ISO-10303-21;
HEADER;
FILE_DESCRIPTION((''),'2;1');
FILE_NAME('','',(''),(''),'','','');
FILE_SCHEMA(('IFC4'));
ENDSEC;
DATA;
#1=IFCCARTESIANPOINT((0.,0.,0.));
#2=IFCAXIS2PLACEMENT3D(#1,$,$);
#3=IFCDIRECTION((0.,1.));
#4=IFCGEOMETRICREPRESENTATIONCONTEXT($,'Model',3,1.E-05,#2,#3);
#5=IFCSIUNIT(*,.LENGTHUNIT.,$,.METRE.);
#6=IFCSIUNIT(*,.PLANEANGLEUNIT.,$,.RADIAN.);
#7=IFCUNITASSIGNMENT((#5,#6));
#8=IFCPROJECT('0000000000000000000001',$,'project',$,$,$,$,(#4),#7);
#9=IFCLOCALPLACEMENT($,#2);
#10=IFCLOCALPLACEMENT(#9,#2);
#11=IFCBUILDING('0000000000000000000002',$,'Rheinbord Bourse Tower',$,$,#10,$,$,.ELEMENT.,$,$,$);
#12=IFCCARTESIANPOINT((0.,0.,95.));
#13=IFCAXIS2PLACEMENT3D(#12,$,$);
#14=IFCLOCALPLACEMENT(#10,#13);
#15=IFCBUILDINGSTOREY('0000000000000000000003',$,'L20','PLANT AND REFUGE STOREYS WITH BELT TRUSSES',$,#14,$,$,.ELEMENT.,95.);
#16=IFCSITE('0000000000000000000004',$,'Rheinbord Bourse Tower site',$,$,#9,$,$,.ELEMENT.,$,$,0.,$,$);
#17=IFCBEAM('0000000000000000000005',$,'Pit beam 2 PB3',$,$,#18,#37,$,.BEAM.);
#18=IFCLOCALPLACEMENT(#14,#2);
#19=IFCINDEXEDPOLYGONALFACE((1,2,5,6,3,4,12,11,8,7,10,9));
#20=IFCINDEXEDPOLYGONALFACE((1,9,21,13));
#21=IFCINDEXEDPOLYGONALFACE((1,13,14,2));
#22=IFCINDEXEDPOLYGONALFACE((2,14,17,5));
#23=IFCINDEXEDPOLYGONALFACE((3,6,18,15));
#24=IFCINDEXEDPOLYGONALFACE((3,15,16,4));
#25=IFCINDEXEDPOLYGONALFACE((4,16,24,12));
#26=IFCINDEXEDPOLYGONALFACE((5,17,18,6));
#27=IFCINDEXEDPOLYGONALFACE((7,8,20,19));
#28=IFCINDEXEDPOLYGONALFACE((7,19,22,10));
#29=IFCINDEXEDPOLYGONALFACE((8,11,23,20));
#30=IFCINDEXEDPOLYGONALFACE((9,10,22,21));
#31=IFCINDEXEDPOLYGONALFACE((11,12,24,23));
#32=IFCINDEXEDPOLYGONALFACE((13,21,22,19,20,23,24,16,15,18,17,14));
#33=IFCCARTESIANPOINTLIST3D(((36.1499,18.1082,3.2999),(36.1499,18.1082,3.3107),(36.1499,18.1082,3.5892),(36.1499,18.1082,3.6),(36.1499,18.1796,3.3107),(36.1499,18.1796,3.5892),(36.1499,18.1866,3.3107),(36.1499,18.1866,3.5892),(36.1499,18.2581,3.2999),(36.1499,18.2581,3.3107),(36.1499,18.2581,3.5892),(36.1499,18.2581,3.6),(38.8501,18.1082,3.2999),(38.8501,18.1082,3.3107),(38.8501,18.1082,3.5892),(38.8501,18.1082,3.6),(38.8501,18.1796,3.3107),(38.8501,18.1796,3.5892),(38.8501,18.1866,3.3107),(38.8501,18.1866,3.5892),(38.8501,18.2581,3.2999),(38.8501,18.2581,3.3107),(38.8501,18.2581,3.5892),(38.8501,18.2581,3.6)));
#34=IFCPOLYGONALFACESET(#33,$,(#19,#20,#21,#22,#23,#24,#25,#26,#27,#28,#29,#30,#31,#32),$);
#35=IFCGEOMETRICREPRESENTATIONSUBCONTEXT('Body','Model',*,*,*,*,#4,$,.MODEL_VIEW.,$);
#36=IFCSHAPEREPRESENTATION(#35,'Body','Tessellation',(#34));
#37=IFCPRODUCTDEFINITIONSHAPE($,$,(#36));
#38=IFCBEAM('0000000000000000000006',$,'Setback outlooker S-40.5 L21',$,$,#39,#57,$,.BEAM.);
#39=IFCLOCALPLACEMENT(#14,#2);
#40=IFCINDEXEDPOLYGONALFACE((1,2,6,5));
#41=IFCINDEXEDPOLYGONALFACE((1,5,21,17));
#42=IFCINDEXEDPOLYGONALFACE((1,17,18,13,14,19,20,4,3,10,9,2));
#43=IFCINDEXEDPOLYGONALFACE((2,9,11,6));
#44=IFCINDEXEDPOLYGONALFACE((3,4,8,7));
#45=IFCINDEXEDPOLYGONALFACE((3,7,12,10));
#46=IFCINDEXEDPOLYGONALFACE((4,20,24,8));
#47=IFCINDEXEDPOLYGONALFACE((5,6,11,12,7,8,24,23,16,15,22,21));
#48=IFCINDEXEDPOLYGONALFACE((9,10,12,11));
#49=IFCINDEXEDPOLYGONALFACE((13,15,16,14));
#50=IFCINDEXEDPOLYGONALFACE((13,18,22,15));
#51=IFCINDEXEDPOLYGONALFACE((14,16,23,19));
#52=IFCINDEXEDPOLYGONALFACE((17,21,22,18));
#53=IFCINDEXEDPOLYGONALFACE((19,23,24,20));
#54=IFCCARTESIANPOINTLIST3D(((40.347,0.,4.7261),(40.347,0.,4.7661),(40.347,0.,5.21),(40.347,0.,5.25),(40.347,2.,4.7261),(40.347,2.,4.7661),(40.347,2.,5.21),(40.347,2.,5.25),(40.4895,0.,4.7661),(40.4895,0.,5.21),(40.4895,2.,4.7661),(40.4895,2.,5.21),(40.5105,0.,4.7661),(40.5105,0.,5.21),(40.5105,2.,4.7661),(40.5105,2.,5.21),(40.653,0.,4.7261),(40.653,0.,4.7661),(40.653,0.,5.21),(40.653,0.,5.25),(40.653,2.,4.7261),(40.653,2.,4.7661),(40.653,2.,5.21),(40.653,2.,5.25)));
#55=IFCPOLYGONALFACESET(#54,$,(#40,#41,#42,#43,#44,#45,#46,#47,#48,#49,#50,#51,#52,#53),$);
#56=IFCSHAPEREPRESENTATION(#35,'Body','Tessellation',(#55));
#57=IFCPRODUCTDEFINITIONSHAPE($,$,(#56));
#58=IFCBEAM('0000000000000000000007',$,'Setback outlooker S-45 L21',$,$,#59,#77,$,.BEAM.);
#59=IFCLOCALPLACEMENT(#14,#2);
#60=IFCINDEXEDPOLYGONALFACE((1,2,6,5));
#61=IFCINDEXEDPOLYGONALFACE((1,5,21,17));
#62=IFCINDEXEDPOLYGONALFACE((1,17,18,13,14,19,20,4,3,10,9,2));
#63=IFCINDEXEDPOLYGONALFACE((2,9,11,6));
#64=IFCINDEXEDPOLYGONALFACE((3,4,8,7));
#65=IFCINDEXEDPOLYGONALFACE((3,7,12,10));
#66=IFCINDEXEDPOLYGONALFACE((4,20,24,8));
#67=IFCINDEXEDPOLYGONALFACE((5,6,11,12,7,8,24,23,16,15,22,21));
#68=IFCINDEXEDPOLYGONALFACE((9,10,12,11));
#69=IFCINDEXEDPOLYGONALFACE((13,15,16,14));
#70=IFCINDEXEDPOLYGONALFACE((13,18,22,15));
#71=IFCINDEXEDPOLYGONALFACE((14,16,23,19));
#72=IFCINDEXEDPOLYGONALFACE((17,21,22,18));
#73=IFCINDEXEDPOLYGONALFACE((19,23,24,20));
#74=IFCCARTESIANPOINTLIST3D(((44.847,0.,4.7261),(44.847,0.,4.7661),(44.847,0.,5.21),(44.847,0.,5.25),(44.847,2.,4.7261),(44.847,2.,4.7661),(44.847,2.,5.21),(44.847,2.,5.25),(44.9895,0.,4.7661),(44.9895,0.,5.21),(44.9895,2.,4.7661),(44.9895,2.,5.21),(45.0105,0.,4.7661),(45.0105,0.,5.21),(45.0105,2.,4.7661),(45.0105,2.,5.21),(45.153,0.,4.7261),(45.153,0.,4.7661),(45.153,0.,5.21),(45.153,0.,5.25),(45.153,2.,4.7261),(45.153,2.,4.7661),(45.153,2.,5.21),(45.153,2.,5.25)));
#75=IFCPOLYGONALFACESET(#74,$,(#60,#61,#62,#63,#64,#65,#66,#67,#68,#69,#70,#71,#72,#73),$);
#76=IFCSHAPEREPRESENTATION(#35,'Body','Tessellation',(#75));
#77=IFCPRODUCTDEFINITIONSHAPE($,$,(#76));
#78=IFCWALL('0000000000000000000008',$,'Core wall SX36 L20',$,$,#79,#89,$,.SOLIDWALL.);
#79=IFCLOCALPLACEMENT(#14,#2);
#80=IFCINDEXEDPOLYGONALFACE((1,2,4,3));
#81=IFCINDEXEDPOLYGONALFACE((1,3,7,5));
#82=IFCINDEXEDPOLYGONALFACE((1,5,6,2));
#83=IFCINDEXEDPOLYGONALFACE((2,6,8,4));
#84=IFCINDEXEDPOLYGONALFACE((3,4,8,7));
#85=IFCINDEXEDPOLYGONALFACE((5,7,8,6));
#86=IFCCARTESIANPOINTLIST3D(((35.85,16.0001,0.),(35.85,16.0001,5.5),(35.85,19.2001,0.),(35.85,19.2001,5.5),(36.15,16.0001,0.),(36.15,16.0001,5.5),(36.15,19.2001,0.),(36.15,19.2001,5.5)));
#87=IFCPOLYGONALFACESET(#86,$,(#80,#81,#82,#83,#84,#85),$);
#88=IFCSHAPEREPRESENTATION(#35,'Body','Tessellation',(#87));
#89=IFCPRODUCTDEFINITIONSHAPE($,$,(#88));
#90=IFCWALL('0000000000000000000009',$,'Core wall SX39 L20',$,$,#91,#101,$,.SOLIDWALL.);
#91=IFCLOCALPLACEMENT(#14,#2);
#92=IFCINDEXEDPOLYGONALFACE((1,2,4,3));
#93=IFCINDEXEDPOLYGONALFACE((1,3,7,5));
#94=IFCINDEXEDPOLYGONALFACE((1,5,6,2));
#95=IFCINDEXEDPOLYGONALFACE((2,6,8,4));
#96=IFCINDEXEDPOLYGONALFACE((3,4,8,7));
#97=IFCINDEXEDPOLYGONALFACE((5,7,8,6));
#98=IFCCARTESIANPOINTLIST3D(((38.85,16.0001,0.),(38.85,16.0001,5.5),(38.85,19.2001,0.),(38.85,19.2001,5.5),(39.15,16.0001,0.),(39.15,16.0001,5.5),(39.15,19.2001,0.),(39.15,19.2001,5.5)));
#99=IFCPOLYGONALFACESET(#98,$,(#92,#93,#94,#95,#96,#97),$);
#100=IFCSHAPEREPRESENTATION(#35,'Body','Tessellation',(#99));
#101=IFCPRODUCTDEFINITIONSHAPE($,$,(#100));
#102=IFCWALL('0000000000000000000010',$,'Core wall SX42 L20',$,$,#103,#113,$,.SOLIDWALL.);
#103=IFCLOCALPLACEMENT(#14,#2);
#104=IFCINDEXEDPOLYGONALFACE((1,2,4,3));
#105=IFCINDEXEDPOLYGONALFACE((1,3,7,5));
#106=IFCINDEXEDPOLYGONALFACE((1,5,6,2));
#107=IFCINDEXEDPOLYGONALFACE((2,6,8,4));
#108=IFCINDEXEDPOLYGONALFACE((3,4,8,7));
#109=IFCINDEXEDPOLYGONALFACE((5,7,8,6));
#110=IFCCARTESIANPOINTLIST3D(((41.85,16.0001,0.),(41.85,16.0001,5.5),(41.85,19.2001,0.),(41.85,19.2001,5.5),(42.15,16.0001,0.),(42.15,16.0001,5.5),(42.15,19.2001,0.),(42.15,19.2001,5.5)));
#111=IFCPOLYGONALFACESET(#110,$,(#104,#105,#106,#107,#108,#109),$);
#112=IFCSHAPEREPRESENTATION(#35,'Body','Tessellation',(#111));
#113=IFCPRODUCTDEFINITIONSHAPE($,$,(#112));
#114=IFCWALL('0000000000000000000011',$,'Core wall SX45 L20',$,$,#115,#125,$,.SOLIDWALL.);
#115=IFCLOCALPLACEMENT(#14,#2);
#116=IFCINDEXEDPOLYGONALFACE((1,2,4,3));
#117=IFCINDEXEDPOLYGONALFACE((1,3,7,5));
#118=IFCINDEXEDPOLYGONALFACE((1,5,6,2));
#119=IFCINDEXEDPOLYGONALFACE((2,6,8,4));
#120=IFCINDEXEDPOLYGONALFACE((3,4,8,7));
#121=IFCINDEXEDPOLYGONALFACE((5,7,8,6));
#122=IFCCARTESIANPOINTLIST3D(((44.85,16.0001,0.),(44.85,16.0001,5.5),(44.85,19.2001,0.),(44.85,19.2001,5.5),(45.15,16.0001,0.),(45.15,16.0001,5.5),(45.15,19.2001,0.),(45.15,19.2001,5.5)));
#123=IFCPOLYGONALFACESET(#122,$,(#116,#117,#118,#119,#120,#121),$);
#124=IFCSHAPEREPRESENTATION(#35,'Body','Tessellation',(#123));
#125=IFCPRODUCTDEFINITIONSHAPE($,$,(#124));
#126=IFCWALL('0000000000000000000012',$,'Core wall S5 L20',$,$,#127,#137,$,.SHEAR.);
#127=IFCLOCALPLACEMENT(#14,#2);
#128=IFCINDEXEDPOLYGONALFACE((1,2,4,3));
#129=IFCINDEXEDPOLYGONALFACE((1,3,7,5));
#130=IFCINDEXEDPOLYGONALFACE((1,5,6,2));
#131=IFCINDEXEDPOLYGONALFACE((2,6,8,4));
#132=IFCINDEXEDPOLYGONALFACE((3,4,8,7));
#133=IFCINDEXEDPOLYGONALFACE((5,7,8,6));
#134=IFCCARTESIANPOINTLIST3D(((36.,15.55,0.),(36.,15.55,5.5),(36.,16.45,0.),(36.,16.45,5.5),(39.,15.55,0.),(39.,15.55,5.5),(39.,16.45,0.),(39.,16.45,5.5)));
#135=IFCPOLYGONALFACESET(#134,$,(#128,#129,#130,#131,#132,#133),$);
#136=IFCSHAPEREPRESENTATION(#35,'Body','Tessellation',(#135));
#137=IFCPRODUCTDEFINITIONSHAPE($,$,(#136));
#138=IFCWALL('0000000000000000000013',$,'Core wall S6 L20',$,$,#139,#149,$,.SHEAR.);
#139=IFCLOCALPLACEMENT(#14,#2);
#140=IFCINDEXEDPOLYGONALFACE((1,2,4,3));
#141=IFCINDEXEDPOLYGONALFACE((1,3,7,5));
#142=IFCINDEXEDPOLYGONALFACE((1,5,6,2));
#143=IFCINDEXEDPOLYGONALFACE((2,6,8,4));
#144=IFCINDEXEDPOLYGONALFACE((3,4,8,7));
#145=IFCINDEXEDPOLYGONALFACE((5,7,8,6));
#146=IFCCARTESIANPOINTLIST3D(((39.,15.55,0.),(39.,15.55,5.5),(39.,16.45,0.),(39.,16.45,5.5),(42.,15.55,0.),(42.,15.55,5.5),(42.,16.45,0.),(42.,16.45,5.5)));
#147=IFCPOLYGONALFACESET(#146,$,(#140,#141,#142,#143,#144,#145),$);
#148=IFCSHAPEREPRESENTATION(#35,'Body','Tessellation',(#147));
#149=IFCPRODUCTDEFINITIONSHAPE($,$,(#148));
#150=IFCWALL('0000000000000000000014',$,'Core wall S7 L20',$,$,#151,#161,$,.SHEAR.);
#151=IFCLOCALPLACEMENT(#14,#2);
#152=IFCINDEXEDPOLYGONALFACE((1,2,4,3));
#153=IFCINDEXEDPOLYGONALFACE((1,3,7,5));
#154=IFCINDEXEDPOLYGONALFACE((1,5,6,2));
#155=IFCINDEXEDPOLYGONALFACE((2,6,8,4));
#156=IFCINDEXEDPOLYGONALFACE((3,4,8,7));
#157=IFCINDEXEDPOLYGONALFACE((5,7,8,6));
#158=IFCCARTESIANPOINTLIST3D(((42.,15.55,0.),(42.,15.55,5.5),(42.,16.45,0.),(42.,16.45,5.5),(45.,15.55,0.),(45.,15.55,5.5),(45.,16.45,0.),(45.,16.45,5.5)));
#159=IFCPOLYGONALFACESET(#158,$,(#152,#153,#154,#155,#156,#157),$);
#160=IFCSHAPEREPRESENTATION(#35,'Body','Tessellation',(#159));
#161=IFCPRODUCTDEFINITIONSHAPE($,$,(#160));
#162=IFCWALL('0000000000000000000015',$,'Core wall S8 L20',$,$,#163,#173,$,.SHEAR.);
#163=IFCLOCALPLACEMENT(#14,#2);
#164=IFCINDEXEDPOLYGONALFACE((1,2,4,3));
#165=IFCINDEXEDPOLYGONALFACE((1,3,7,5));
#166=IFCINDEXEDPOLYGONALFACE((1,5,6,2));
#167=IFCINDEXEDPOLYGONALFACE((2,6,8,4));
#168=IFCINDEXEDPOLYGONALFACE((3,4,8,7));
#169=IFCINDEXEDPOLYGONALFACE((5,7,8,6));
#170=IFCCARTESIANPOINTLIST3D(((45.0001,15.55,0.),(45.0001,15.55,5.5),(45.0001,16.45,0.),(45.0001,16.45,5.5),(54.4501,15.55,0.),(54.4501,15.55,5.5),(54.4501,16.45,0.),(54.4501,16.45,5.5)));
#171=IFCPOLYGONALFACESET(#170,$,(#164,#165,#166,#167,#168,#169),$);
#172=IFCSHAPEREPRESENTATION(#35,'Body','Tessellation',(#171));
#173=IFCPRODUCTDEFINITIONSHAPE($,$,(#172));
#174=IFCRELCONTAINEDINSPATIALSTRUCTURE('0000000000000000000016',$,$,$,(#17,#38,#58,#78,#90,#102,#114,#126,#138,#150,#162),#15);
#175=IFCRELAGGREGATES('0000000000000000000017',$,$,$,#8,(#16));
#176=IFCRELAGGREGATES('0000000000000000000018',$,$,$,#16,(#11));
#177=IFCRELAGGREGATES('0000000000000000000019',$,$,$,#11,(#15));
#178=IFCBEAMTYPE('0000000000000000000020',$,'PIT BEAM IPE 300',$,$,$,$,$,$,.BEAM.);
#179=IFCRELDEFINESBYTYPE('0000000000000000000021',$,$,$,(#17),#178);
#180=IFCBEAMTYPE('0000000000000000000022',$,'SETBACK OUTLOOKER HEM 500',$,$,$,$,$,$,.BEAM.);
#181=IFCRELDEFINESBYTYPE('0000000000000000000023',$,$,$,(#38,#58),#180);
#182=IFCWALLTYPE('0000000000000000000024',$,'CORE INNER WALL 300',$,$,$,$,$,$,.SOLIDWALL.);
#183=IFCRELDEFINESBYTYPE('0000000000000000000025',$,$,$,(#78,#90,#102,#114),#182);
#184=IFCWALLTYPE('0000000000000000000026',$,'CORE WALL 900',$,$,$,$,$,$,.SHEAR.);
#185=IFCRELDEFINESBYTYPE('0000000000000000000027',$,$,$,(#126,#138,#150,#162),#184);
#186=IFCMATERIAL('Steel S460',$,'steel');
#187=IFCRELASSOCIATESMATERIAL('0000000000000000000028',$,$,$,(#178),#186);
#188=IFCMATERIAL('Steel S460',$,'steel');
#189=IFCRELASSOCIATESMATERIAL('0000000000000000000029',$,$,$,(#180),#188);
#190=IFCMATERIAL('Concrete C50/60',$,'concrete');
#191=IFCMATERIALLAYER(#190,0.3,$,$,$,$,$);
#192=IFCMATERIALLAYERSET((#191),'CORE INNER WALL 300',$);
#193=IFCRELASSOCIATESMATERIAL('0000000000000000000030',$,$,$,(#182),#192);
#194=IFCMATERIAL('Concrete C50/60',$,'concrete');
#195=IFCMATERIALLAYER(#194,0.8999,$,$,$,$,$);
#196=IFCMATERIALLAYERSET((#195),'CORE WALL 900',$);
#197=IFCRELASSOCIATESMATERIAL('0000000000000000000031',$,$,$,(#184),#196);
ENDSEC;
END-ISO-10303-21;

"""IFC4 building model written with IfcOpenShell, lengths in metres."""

from ifc_helpers import new_model, si_unit, direction, frame, frame_2d, origin, origin_2d, place, context, subcontext, project, spatial, rectangle, i_section, extrude, material, layer, layer_set, material_profile, profile_set, type_object, element, save


model = new_model("IFC4")

# Units and contexts
model_context = context("Model", 3, precision=1e-05, world=origin(), true_north=direction((0.0, 1.0)))
body_context = subcontext(model_context, "Body", "Model", "MODEL_VIEW")
ifc_project = project(units=[si_unit("LENGTHUNIT", "METRE"), si_unit("PLANEANGLEUNIT", "RADIAN")], contexts=[model_context])

# Site, building, storey
site_placement = place(None, origin())
site = spatial("IfcSite", under=ifc_project, at=site_placement, Name="Rheinbord Bourse Tower site", CompositionType="ELEMENT", RefElevation=0.0)
building_placement = place(site_placement, origin())
building = spatial("IfcBuilding", under=site, at=building_placement, Name="Rheinbord Bourse Tower", CompositionType="ELEMENT")
storey_placement = place(building_placement, frame((0.0, 0.0, 95.0)))
storey = spatial("IfcBuildingStorey", under=building, at=storey_placement, Name="L20", Description="PLANT AND REFUGE STOREYS WITH BELT TRUSSES", CompositionType="ELEMENT", Elevation=95.0)

# Beams
ifc_material_1 = material(Name="Steel S460", Category="steel")
ifc_material_profile_1 = material_profile(ifc_material_1, i_section(OverallWidth=0.1499, OverallDepth=0.3, WebThickness=0.0071, FlangeThickness=0.0107, at=origin_2d()), Name="IPE 300")
ifc_profile_set_1 = profile_set([ifc_material_profile_1], Name="Steel S460")
beam_type_1 = type_object("IfcBeamType", Name="PIT BEAM IPE 300", PredefinedType="BEAM", material=ifc_profile_set_1)
for number, where, z_axis, x_axis, name in (
    (1, (36.1499, 18.1831, 3.45), (1.0, 0.0, 0.0), (0.0, 1.0, 0.0), "Pit beam 2 PB3"),
):
    element("IfcBeam", number, at=place(storey_placement, frame(where, z_axis=z_axis, x_axis=x_axis)), inside=storey, type_object=beam_type_1, Name=name, PredefinedType="BEAM", context=body_context, shape_type="SweptSolid", body=[
        extrude(i_section(OverallWidth=0.1499, OverallDepth=0.3, WebThickness=0.0071, FlangeThickness=0.0107, at=origin_2d()), origin(), (0.0, 0.0, 1.0), 2.7002),
    ])
ifc_material_2 = material(Name="Steel S460", Category="steel")
ifc_material_profile_2 = material_profile(ifc_material_2, i_section(OverallWidth=0.3059, OverallDepth=0.5239, WebThickness=0.021, FlangeThickness=0.04, at=origin_2d()), Name="HEM 500")
ifc_profile_set_2 = profile_set([ifc_material_profile_2], Name="Steel S460")
beam_type_2 = type_object("IfcBeamType", Name="SETBACK OUTLOOKER HEM 500", PredefinedType="BEAM", material=ifc_profile_set_2)
for number, where, z_axis, x_axis, name in (
    (2, (40.5, 2.0, 4.988), (0.0, -1.0, 0.0), (1.0, 0.0, 0.0), "Setback outlooker S-40.5 L21"),
    (3, (45.0, 2.0, 4.988), (0.0, -1.0, 0.0), (1.0, 0.0, 0.0), "Setback outlooker S-45 L21"),
):
    element("IfcBeam", number, at=place(storey_placement, frame(where, z_axis=z_axis, x_axis=x_axis)), inside=storey, type_object=beam_type_2, Name=name, PredefinedType="BEAM", context=body_context, shape_type="SweptSolid", body=[
        extrude(i_section(OverallWidth=0.3059, OverallDepth=0.5239, WebThickness=0.021, FlangeThickness=0.04, at=origin_2d()), origin(), (0.0, 0.0, 1.0), 2.0),
    ])

# Walls
ifc_material_3 = material(Name="Concrete C50/60", Category="concrete")
ifc_layer_1 = layer(ifc_material_3, 0.3)
ifc_layer_set_1 = layer_set([ifc_layer_1], Name="CORE INNER WALL 300")
wall_type_1 = type_object("IfcWallType", Name="CORE INNER WALL 300", PredefinedType="SOLIDWALL", material=ifc_layer_set_1)
for number, where, z_axis, x_axis, name in (
    (4, (36.0, 16.0, 0.0), (0.0, 0.0, 1.0), (0.0, 1.0, 0.0), "Core wall SX36 L20"),
    (5, (39.0, 16.0, 0.0), (0.0, 0.0, 1.0), (0.0, 1.0, 0.0), "Core wall SX39 L20"),
    (6, (42.0, 16.0, 0.0), (0.0, 0.0, 1.0), (0.0, 1.0, 0.0), "Core wall SX42 L20"),
    (7, (45.0, 16.0, 0.0), (0.0, 0.0, 1.0), (0.0, 1.0, 0.0), "Core wall SX45 L20"),
):
    element("IfcWall", number, at=place(storey_placement, frame(where, z_axis=z_axis, x_axis=x_axis)), inside=storey, type_object=wall_type_1, Name=name, PredefinedType="SOLIDWALL", context=body_context, shape_type="SweptSolid", body=[
        extrude(rectangle(XDim=3.2, YDim=0.3, at=frame_2d((1.6001, 0.0))), origin(), (0.0, 0.0, 1.0), 5.5),
    ])
ifc_material_4 = material(Name="Concrete C50/60", Category="concrete")
ifc_layer_2 = layer(ifc_material_4, 0.8999)
ifc_layer_set_2 = layer_set([ifc_layer_2], Name="CORE WALL 900")
wall_type_2 = type_object("IfcWallType", Name="CORE WALL 900", PredefinedType="SHEAR", material=ifc_layer_set_2)
for number, where, z_axis, x_axis, name in (
    (8, (36.0, 16.0, 0.0), (0.0, 0.0, 1.0), (1.0, 0.0, 0.0), "Core wall S5 L20"),
    (9, (39.0, 16.0, 0.0), (0.0, 0.0, 1.0), (1.0, 0.0, 0.0), "Core wall S6 L20"),
    (10, (42.0, 16.0, 0.0), (0.0, 0.0, 1.0), (1.0, 0.0, 0.0), "Core wall S7 L20"),
):
    element("IfcWall", number, at=place(storey_placement, frame(where, z_axis=z_axis, x_axis=x_axis)), inside=storey, type_object=wall_type_2, Name=name, PredefinedType="SHEAR", context=body_context, shape_type="SweptSolid", body=[
        extrude(rectangle(XDim=3.0, YDim=0.8999, at=frame_2d((1.5, 0.0))), origin(), (0.0, 0.0, 1.0), 5.5),
    ])
wall_placement = place(storey_placement, frame((45.0, 16.0, 0.0), z_axis=(0.0, 0.0, 1.0), x_axis=(1.0, 0.0, 0.0)))
element("IfcWall", 11, at=wall_placement, inside=storey, type_object=wall_type_2, Name="Core wall S8 L20", PredefinedType="SHEAR", context=body_context, shape_type="SweptSolid", body=[
    extrude(rectangle(XDim=9.45, YDim=0.8999, at=frame_2d((4.7251, 0.0))), origin(), (0.0, 0.0, 1.0), 5.5),
])

save(model, "model.ifc")
